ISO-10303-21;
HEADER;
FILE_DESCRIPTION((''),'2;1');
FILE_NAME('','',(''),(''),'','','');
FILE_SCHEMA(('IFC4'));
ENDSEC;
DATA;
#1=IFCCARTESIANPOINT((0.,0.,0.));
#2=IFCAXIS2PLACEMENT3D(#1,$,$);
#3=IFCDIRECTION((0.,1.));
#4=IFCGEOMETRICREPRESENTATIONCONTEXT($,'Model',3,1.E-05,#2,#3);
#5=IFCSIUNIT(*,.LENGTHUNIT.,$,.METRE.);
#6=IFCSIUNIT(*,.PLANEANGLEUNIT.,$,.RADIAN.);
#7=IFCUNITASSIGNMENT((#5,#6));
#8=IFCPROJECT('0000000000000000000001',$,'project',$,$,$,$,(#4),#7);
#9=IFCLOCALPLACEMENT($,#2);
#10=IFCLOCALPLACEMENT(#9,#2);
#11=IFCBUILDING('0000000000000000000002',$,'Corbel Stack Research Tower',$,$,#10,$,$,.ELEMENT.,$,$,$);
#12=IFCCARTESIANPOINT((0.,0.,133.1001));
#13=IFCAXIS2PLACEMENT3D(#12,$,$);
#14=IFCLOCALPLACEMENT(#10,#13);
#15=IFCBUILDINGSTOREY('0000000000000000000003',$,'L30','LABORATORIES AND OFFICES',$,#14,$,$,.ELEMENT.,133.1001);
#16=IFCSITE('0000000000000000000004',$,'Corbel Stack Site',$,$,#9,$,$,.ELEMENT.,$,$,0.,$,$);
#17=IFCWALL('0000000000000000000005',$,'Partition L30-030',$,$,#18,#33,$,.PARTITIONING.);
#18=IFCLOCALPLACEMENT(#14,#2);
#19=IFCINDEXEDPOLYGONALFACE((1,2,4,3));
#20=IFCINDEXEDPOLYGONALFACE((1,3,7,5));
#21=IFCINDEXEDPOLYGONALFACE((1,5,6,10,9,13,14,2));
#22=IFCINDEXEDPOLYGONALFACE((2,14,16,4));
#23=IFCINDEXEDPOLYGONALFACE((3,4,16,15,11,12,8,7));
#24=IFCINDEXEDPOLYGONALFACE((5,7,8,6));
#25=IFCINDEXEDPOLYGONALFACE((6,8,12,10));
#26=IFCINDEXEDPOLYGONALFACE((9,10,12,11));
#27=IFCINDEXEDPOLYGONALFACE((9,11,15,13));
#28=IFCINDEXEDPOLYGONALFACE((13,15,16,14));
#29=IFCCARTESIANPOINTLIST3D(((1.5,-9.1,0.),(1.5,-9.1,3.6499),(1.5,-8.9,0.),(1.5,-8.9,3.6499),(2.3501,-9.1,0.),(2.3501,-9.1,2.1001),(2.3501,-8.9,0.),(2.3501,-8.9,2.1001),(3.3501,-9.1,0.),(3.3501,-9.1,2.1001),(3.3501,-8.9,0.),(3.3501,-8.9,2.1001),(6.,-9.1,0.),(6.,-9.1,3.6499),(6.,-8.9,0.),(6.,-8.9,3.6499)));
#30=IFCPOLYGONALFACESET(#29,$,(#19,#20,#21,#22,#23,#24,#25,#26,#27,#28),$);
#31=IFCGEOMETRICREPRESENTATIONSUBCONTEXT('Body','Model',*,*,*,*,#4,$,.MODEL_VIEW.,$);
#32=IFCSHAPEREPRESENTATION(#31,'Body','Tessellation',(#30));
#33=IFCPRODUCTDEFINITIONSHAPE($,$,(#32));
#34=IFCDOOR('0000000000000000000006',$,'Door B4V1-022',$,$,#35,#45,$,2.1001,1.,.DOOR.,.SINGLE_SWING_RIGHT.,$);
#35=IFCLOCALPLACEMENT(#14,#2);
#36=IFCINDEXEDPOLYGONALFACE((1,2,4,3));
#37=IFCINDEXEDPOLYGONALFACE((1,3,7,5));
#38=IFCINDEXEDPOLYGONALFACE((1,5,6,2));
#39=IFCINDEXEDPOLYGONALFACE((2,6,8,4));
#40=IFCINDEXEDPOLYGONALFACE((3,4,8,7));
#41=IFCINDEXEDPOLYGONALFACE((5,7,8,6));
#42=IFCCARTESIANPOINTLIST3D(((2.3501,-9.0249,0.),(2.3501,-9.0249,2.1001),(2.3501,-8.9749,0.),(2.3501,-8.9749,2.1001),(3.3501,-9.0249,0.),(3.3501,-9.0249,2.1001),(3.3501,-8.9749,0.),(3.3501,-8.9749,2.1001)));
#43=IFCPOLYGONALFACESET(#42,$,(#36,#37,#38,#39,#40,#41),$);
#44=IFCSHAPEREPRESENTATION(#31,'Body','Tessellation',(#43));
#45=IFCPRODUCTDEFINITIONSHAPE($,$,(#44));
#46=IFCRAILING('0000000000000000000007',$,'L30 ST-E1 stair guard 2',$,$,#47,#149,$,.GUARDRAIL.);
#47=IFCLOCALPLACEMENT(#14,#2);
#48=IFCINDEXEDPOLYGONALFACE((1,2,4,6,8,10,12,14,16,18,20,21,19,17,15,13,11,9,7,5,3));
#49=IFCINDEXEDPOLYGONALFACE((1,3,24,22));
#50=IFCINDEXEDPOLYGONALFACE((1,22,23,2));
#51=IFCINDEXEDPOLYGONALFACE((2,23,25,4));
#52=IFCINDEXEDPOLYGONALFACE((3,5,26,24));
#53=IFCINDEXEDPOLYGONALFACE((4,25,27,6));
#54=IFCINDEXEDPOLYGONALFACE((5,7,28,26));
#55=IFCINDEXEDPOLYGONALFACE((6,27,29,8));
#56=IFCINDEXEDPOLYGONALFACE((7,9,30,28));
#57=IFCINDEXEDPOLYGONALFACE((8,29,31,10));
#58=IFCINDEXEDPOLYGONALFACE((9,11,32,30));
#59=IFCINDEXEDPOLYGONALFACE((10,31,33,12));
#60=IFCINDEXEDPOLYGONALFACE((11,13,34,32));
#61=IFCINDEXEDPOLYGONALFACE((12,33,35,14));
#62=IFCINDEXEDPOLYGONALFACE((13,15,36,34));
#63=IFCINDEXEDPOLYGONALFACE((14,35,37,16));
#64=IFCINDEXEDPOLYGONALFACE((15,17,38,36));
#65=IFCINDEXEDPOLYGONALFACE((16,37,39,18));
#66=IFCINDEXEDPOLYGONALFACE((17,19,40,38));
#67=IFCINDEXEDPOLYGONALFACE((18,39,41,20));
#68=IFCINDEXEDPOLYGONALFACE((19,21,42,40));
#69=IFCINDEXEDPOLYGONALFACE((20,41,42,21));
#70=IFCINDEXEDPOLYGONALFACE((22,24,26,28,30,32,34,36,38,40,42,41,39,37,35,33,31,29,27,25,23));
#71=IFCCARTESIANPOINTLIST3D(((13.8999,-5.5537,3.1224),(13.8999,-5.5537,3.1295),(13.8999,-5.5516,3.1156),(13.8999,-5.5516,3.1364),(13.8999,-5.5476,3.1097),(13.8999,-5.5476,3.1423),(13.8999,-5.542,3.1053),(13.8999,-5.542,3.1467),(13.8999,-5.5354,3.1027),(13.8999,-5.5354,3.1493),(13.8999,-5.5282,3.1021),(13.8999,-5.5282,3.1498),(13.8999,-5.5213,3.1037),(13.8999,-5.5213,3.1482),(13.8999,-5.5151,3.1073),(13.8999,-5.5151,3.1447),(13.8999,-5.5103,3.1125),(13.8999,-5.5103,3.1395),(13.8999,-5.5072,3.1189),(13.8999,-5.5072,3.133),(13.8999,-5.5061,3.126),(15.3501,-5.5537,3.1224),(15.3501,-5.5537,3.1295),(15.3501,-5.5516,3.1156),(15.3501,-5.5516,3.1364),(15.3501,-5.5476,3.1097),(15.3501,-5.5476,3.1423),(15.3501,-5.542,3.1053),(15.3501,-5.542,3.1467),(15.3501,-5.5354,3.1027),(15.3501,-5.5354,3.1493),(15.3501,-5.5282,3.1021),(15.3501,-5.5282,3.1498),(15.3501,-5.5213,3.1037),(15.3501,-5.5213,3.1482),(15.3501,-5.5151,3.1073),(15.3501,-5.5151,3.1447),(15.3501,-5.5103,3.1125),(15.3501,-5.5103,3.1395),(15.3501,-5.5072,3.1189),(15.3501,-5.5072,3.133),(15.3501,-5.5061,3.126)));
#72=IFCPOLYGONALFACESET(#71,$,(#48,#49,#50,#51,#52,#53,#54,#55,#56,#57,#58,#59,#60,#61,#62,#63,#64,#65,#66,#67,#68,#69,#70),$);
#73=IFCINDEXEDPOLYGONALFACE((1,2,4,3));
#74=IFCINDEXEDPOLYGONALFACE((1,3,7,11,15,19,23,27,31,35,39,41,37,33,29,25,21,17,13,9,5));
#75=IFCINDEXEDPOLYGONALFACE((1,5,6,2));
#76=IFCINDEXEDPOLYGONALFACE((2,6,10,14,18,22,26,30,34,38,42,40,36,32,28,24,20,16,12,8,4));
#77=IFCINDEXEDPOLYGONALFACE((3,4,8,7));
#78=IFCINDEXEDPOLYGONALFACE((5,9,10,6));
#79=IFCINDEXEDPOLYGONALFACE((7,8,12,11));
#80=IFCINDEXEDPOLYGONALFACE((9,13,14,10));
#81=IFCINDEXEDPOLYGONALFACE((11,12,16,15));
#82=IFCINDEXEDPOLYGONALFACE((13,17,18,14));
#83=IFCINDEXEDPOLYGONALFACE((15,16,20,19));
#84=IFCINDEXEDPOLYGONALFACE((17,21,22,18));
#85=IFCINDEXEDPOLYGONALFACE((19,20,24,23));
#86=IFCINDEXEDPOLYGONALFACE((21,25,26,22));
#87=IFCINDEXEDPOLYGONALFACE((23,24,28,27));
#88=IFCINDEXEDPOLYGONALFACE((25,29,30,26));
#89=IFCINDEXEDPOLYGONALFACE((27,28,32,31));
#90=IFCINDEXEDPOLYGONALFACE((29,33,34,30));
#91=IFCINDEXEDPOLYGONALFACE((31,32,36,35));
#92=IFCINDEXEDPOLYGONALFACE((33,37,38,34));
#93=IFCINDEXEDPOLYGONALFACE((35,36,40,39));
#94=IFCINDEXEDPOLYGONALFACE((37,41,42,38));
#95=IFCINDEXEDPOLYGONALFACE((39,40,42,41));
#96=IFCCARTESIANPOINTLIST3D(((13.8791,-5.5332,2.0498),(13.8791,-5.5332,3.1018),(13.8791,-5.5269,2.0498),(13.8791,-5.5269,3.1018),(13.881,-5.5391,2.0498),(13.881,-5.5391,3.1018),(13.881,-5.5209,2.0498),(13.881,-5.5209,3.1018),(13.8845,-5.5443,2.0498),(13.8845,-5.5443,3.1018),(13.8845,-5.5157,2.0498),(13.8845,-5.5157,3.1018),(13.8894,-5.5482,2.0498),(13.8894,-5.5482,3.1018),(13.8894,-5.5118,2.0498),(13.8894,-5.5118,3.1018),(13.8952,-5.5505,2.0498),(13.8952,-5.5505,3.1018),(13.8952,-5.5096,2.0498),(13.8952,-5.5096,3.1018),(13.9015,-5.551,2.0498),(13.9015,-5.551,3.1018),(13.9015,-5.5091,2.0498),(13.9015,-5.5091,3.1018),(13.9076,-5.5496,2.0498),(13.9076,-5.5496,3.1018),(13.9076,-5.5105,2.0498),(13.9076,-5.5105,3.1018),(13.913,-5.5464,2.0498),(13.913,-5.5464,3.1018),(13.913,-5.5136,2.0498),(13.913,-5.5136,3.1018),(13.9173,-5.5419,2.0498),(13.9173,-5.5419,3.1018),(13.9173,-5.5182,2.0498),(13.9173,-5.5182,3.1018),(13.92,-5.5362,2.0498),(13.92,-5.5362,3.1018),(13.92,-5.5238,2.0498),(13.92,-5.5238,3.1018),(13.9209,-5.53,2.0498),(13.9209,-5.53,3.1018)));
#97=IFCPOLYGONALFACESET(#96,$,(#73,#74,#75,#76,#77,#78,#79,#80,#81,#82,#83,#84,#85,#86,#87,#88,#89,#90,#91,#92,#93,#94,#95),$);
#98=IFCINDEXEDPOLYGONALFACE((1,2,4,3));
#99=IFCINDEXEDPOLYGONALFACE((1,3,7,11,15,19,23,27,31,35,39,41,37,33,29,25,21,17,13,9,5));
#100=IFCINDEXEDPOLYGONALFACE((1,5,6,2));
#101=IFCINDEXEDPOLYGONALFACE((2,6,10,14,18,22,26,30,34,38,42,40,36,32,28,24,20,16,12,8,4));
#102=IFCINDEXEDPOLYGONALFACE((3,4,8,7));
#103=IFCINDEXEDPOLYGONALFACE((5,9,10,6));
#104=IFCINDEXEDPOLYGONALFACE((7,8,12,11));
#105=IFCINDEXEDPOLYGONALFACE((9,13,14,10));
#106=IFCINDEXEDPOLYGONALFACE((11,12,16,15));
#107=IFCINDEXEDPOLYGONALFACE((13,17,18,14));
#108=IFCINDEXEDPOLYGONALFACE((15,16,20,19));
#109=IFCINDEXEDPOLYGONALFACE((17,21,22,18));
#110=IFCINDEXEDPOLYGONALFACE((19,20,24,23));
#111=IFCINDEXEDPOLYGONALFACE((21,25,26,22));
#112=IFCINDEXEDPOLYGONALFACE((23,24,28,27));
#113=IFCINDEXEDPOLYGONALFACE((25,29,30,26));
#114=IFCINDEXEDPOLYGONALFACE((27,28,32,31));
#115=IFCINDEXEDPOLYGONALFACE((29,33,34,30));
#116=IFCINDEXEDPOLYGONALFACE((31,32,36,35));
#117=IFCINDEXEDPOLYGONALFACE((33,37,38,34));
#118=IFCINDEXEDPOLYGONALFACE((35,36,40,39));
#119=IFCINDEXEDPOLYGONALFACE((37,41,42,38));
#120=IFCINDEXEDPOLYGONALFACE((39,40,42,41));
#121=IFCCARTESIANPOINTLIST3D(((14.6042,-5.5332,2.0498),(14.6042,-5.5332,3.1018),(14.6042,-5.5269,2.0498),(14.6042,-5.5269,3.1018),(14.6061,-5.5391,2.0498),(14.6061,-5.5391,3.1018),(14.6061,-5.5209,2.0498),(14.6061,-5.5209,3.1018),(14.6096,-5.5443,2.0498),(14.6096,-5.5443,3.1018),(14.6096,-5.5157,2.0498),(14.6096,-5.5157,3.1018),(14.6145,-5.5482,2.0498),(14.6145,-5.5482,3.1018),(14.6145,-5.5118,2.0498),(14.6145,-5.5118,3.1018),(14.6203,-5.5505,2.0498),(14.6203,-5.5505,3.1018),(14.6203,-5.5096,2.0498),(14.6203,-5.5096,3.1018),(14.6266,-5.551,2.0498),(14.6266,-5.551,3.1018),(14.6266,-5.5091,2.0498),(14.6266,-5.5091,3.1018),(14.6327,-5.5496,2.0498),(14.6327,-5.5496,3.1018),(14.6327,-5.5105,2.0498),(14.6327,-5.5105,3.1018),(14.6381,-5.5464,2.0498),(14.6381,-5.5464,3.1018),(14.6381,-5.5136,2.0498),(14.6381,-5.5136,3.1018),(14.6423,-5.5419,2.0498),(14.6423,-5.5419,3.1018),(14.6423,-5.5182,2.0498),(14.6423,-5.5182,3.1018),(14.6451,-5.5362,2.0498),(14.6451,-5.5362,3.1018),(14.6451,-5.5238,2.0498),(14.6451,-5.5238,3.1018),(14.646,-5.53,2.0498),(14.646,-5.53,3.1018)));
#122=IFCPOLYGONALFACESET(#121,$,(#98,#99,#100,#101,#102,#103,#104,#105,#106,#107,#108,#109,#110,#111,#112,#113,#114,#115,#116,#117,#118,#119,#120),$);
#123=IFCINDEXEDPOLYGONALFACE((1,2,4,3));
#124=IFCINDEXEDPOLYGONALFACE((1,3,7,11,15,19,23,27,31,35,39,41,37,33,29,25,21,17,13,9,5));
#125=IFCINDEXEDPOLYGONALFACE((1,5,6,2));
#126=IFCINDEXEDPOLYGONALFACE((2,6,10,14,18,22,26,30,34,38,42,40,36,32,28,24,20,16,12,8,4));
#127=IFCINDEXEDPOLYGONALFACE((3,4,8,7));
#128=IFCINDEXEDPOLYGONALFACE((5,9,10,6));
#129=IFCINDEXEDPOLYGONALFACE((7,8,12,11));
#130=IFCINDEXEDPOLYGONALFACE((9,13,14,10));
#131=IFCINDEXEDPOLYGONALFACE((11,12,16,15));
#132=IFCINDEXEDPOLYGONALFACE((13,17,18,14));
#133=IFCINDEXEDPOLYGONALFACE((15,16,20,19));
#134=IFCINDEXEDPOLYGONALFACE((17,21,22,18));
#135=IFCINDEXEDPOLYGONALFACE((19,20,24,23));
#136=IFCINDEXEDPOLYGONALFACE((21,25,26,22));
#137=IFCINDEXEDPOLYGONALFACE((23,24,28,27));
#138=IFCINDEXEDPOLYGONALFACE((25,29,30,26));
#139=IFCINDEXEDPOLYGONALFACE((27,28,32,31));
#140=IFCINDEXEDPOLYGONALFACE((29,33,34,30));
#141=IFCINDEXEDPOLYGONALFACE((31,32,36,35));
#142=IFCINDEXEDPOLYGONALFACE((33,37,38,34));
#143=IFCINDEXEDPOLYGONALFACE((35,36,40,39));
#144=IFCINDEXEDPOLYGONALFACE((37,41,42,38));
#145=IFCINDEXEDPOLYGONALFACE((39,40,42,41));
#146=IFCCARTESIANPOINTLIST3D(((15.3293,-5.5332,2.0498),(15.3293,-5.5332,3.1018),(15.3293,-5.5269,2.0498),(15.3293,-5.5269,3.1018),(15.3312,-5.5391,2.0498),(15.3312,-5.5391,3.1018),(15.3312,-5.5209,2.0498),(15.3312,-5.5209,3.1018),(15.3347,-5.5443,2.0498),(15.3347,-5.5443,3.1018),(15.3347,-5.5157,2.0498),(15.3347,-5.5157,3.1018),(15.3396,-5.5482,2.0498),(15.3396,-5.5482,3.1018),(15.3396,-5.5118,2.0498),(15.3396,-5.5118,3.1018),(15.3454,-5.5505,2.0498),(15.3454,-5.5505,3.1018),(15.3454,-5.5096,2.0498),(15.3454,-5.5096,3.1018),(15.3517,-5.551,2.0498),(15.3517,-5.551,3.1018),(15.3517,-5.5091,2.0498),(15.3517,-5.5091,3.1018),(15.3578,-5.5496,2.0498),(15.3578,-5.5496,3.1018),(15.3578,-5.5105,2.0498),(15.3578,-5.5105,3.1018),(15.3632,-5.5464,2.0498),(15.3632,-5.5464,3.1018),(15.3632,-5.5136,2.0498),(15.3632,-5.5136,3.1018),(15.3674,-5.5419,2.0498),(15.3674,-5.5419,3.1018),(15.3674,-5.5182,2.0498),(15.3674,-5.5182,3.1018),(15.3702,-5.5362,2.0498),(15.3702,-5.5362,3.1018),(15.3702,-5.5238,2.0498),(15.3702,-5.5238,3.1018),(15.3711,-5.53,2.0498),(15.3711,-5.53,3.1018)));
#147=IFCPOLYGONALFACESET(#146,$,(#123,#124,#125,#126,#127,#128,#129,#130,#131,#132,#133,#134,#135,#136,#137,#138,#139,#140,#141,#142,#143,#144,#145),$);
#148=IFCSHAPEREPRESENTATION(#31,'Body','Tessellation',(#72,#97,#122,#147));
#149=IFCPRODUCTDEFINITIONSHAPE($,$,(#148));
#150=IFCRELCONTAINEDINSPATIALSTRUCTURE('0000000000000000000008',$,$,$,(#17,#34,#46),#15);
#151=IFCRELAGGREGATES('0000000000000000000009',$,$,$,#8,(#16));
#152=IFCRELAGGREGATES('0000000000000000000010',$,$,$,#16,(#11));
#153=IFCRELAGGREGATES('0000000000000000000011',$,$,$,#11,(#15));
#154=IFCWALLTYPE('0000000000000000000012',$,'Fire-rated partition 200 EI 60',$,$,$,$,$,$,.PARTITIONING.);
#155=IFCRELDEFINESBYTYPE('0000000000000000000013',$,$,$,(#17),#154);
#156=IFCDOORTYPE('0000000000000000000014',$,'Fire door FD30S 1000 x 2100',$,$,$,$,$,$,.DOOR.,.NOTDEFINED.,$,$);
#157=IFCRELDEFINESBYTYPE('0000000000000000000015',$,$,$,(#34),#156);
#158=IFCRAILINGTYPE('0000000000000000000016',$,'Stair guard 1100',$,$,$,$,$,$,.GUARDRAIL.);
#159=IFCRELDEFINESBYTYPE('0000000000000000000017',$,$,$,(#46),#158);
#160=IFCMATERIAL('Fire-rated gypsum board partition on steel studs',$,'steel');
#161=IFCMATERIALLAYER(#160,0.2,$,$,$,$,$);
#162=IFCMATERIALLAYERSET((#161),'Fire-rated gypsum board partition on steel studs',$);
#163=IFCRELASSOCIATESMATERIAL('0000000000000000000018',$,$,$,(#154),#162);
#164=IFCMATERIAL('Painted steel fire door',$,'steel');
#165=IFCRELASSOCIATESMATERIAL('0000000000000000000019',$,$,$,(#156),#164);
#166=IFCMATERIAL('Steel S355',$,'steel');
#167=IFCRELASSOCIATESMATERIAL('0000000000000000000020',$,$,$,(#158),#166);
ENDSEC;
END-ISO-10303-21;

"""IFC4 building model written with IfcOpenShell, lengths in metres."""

from ifc_helpers import new_model, si_unit, direction, frame, frame_2d, origin, origin_2d, place, context, subcontext, project, spatial, rectangle, circle, extrude, material, layer, layer_set, type_object, element, fill, save


model = new_model("IFC4")

# Units and contexts
model_context = context("Model", 3, precision=1e-05, world=origin(), true_north=direction((0.0, 1.0)))
body_context = subcontext(model_context, "Body", "Model", "MODEL_VIEW")
ifc_project = project(units=[si_unit("LENGTHUNIT", "METRE"), si_unit("PLANEANGLEUNIT", "RADIAN")], contexts=[model_context])

# Site, building, storey
site_placement = place(None, origin())
site = spatial("IfcSite", under=ifc_project, at=site_placement, Name="Corbel Stack Site", CompositionType="ELEMENT", RefElevation=0.0)
building_placement = place(site_placement, origin())
building = spatial("IfcBuilding", under=site, at=building_placement, Name="Corbel Stack Research Tower", CompositionType="ELEMENT")
storey_placement = place(building_placement, frame((0.0, 0.0, 133.1001)))
storey = spatial("IfcBuildingStorey", under=building, at=storey_placement, Name="L30", Description="LABORATORIES AND OFFICES", CompositionType="ELEMENT", Elevation=133.1001)

# Shared definitions
ifc_material_1 = material(Name="Fire-rated gypsum board partition on steel studs", Category="steel")
ifc_layer_1 = layer(ifc_material_1, 0.2)
ifc_layer_set_1 = layer_set([ifc_layer_1], Name="Fire-rated gypsum board partition on steel studs")
wall_type_1 = type_object("IfcWallType", Name="Fire-rated partition 200 EI 60", PredefinedType="PARTITIONING", material=ifc_layer_set_1)

# Wall, opening, door
wall_1_placement = place(storey_placement, frame((6.0, -9.0, 0.0), z_axis=(0.0, 0.0, 1.0), x_axis=(-1.0, 0.0, 0.0)))
wall_1 = element("IfcWall", 1, at=wall_1_placement, inside=storey, type_object=wall_type_1, Name="Partition L30-030", PredefinedType="PARTITIONING", context=body_context, shape_type="SweptSolid", body=[
    extrude(rectangle(XDim=4.5, YDim=0.2, at=frame_2d((2.25, 0.0))), origin(), (0.0, 0.0, 1.0), 3.6499),
])
opening_1_placement = place(wall_1_placement, frame((2.6499, 0.0, 0.0)))
opening_1 = element("IfcOpeningElement", 2, at=opening_1_placement, cuts=wall_1, PredefinedType="OPENING", context=body_context, shape_type="SweptSolid", body=[
    extrude(rectangle(XDim=1.0, YDim=2.1001, at=frame_2d((0.5, 1.05))), frame((0.0, 0.1099, 0.0), z_axis=(0.0, -1.0, 0.0), x_axis=(1.0, 0.0, 0.0)), (0.0, 0.0, 1.0), 0.22),
])
ifc_material_2 = material(Name="Painted steel fire door", Category="steel")
door_type_1 = type_object("IfcDoorType", Name="Fire door FD30S 1000 x 2100", OperationType="NOTDEFINED", PredefinedType="DOOR", material=ifc_material_2)
door_1_placement = place(opening_1_placement, origin())
door_1 = element("IfcDoor", 3, at=door_1_placement, inside=storey, type_object=door_type_1, Name="Door B4V1-022", OperationType="SINGLE_SWING_RIGHT", OverallHeight=2.1001, OverallWidth=1.0, PredefinedType="DOOR", context=body_context, shape_type="SweptSolid", body=[
    extrude(rectangle(XDim=1.0, YDim=2.1001, at=frame_2d((0.5, 1.05))), frame((0.0, 0.0249, 0.0), z_axis=(0.0, -1.0, 0.0), x_axis=(1.0, 0.0, 0.0)), (0.0, 0.0, 1.0), 0.05),
])
fill(opening_1, door_1)

# Railing
ifc_material_3 = material(Name="Steel S355", Category="steel")
railing_type = type_object("IfcRailingType", Name="Stair guard 1100", PredefinedType="GUARDRAIL", material=ifc_material_3)
railing_placement = place(storey_placement, frame((13.8999, -5.53, 2.0498)))
element("IfcRailing", 4, at=railing_placement, inside=storey, type_object=railing_type, Name="L30 ST-E1 stair guard 2", PredefinedType="GUARDRAIL", context=body_context, shape_type="SweptSolid", body=[
    extrude(circle(Radius=0.0239, at=origin_2d()), frame((0.0, 0.0, 1.0762), z_axis=(1.0, 0.0, 0.0), x_axis=(0.0, 1.0, 0.0)), (0.0, 0.0, 1.0), 1.4502),
    extrude(circle(Radius=0.021, at=origin_2d()), origin(), (0.0, 0.0, 1.0), 1.052),
    extrude(circle(Radius=0.021, at=origin_2d()), frame((0.7251, 0.0, 0.0)), (0.0, 0.0, 1.0), 1.052),
    extrude(circle(Radius=0.021, at=origin_2d()), frame((1.4502, 0.0, 0.0)), (0.0, 0.0, 1.0), 1.052),
])

save(model, "model.ifc")
